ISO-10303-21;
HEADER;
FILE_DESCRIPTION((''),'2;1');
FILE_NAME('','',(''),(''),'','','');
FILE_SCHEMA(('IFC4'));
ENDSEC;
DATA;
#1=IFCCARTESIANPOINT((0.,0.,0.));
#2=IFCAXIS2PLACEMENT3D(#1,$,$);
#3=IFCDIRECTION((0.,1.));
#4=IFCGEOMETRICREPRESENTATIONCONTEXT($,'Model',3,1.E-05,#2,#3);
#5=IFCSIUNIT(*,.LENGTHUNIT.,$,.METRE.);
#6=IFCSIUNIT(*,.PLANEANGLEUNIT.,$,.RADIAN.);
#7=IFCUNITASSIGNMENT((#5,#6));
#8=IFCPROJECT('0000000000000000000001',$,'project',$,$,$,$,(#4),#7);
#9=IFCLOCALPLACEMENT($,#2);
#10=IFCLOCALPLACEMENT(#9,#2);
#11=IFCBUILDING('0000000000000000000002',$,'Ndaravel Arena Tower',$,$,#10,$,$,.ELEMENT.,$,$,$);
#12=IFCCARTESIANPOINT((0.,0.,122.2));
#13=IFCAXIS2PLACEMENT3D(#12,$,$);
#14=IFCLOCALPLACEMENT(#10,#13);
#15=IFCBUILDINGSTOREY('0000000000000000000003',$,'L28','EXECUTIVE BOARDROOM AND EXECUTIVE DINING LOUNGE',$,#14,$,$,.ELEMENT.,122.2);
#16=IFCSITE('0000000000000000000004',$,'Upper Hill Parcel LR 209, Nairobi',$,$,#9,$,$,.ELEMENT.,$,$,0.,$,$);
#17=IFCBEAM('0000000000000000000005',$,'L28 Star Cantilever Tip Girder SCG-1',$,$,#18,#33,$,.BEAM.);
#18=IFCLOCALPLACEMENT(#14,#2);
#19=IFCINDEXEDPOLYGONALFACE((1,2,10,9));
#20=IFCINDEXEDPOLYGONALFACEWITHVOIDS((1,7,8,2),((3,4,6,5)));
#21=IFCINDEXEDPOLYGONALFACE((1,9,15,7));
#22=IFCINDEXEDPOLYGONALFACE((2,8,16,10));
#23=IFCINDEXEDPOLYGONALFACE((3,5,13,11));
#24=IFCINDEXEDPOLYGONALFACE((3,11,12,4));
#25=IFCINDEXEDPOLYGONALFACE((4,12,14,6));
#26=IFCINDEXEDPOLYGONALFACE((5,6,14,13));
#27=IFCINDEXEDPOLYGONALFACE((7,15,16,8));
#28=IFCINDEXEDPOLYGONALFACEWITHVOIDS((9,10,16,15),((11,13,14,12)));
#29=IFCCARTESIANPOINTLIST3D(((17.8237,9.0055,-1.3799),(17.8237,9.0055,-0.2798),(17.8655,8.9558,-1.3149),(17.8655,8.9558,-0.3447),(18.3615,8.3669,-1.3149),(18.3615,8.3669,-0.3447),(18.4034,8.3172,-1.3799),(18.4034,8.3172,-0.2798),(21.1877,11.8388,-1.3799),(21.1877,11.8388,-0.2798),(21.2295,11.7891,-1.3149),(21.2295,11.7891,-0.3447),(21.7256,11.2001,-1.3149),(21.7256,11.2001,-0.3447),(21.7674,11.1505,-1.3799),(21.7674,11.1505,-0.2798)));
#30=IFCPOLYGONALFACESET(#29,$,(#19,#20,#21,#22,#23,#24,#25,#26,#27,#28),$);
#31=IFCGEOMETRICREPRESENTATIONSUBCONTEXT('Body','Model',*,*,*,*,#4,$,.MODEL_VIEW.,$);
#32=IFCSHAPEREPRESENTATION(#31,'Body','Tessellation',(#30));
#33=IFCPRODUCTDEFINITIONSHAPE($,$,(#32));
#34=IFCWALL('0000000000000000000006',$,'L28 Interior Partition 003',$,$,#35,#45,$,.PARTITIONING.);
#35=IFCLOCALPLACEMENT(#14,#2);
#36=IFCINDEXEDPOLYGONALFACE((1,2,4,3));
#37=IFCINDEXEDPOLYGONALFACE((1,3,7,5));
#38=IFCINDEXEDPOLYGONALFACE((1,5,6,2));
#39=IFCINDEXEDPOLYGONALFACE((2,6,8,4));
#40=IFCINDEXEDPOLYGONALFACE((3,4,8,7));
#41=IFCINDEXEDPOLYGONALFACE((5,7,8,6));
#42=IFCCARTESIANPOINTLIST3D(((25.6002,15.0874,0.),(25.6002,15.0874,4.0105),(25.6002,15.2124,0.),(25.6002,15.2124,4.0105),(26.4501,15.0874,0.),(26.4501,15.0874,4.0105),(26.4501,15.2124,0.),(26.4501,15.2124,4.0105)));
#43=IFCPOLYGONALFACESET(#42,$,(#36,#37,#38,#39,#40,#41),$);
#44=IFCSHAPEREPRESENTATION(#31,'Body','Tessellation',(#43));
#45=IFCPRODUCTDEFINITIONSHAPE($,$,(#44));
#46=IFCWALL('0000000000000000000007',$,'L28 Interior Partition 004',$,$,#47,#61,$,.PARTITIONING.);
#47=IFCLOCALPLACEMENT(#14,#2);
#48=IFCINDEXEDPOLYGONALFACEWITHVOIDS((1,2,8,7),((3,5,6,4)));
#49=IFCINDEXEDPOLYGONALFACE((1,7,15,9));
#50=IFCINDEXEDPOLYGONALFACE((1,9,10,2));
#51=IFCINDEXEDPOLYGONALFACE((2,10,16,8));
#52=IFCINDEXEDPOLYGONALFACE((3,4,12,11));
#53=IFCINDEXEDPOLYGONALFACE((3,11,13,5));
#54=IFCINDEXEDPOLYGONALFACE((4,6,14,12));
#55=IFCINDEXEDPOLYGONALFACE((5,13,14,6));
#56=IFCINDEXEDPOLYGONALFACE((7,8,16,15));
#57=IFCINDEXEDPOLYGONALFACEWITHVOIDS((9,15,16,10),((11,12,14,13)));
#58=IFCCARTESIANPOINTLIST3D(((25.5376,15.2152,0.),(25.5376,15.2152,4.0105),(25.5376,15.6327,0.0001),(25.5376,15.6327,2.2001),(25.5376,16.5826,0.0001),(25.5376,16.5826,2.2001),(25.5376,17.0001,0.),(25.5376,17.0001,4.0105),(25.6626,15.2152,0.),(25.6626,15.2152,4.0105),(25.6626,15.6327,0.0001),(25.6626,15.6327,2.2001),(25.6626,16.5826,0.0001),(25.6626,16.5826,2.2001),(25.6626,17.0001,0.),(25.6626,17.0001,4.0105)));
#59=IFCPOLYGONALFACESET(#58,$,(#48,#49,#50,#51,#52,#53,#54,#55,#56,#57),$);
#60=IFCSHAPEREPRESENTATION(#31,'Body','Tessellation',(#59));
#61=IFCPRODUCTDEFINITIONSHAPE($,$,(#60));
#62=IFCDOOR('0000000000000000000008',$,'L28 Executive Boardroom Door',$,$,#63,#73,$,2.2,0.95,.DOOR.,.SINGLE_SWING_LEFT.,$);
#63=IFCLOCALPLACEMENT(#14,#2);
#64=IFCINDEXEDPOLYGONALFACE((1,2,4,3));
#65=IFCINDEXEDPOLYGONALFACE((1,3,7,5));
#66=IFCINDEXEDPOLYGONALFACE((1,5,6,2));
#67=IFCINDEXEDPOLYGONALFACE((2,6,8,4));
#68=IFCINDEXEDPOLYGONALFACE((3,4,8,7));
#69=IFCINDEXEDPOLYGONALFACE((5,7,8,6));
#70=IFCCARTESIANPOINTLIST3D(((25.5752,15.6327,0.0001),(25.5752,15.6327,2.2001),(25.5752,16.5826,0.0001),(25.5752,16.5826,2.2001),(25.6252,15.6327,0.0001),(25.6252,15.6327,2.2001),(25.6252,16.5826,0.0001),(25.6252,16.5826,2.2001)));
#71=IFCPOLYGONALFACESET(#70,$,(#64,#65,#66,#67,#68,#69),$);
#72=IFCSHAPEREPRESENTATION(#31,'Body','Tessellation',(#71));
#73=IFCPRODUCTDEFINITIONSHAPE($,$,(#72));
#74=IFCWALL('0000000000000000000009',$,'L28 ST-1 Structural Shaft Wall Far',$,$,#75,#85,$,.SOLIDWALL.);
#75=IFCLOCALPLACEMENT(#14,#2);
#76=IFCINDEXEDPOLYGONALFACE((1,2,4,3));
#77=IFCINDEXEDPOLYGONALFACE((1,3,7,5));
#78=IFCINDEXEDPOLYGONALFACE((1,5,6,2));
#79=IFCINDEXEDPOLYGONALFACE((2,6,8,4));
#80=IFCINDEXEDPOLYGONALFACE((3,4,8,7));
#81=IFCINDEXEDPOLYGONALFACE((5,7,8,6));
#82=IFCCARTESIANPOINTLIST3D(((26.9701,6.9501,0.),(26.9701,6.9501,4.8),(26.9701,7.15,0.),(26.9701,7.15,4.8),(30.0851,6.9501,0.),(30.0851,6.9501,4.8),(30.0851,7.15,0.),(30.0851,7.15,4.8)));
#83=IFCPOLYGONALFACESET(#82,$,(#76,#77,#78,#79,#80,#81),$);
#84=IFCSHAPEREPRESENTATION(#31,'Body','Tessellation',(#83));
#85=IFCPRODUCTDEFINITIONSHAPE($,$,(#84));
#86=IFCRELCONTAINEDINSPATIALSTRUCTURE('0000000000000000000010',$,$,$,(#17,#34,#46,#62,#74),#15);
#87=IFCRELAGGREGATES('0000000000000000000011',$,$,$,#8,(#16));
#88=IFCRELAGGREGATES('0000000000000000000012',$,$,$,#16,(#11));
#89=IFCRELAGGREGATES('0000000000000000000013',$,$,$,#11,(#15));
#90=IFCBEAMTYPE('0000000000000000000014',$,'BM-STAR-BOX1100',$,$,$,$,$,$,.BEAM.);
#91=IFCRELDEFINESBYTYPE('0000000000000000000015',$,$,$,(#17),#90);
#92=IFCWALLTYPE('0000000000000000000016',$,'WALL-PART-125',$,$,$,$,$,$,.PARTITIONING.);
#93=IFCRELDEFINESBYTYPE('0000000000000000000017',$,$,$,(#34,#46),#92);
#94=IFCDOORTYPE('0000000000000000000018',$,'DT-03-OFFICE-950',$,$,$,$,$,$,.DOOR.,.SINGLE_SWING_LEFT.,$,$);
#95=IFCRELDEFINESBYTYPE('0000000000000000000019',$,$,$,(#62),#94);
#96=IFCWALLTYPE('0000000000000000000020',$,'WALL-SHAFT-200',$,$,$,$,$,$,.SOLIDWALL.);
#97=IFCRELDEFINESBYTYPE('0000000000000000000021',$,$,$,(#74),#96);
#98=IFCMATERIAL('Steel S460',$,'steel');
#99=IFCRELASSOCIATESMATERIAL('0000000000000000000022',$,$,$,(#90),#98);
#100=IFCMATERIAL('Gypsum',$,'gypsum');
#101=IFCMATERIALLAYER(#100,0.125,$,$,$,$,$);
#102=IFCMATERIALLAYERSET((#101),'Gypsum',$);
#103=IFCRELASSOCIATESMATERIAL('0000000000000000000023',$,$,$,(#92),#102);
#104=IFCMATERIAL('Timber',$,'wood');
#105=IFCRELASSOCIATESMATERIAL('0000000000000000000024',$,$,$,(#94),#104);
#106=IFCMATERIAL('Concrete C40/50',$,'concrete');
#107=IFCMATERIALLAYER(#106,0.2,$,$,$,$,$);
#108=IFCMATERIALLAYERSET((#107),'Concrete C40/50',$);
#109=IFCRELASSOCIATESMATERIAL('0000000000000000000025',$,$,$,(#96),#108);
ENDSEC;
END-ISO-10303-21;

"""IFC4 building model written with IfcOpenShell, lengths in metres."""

from ifc_helpers import new_model, si_unit, direction, frame, frame_2d, origin, origin_2d, place, context, subcontext, project, spatial, rectangle, hollow_rectangle, extrude, material, layer, layer_set, material_profile, profile_set, type_object, element, fill, save


model = new_model("IFC4")

# Units and contexts
model_context = context("Model", 3, precision=1e-05, world=origin(), true_north=direction((0.0, 1.0)))
body_context = subcontext(model_context, "Body", "Model", "MODEL_VIEW")
ifc_project = project(units=[si_unit("LENGTHUNIT", "METRE"), si_unit("PLANEANGLEUNIT", "RADIAN")], contexts=[model_context])

# Site, building, storey
site_placement = place(None, origin())
site = spatial("IfcSite", under=ifc_project, at=site_placement, Name="Upper Hill Parcel LR 209, Nairobi", CompositionType="ELEMENT", RefElevation=0.0)
building_placement = place(site_placement, origin())
building = spatial("IfcBuilding", under=site, at=building_placement, Name="Ndaravel Arena Tower", CompositionType="ELEMENT")
storey_placement = place(building_placement, frame((0.0, 0.0, 122.2)))
storey = spatial("IfcBuildingStorey", under=building, at=storey_placement, Name="L28", Description="EXECUTIVE BOARDROOM AND EXECUTIVE DINING LOUNGE", CompositionType="ELEMENT", Elevation=122.2)

# Beam
ifc_material_1 = material(Name="Steel S460", Category="steel")
ifc_material_profile_1 = material_profile(ifc_material_1, hollow_rectangle(XDim=0.8999, YDim=1.1001, WallThickness=0.0649, at=origin_2d()), Name="BOX 1100x900x65")
ifc_profile_set_1 = profile_set([ifc_material_profile_1], Name="Steel S460")
beam_type_1 = type_object("IfcBeamType", Name="BM-STAR-BOX1100", PredefinedType="BEAM", material=ifc_profile_set_1)
beam_1_placement = place(storey_placement, frame((21.4775, 11.4946, -0.8298), z_axis=(-0.764867, -0.644189, 0.0), x_axis=(0.644189, -0.764867, 0.0)))
element("IfcBeam", 1, at=beam_1_placement, inside=storey, type_object=beam_type_1, Name="L28 Star Cantilever Tip Girder SCG-1", PredefinedType="BEAM", context=body_context, shape_type="SweptSolid", body=[
    extrude(hollow_rectangle(XDim=0.8999, YDim=1.1001, WallThickness=0.0649, at=origin_2d()), origin(), (0.0, 0.0, 1.0), 4.3982),
])

# Wall
ifc_material_2 = material(Name="Gypsum", Category="gypsum")
ifc_layer_1 = layer(ifc_material_2, 0.125)
ifc_layer_set_1 = layer_set([ifc_layer_1], Name="Gypsum")
wall_type_1 = type_object("IfcWallType", Name="WALL-PART-125", PredefinedType="PARTITIONING", material=ifc_layer_set_1)
wall_1_placement = place(storey_placement, frame((26.45, 15.1499, 0.0), z_axis=(0.0, 0.0, 1.0), x_axis=(-1.0, 0.0, 0.0)))
element("IfcWall", 2, at=wall_1_placement, inside=storey, type_object=wall_type_1, Name="L28 Interior Partition 003", PredefinedType="PARTITIONING", context=body_context, shape_type="SweptSolid", body=[
    extrude(rectangle(XDim=0.8499, YDim=0.125, at=frame_2d((0.4248, 0.0))), origin(), (0.0, 0.0, 1.0), 4.0105),
])

# Wall, opening, door
wall_2_placement = place(storey_placement, frame((25.6001, 15.2151, 0.0), z_axis=(0.0, 0.0, 1.0), x_axis=(0.0, 1.0, 0.0)))
wall_2 = element("IfcWall", 3, at=wall_2_placement, inside=storey, type_object=wall_type_1, Name="L28 Interior Partition 004", PredefinedType="PARTITIONING", context=body_context, shape_type="SweptSolid", body=[
    extrude(rectangle(XDim=1.7849, YDim=0.125, at=frame_2d((0.8926, 0.0))), origin(), (0.0, 0.0, 1.0), 4.0105),
])
opening_1_placement = place(wall_2_placement, frame((0.4175, 0.0, 0.0)))
opening_1 = element("IfcOpeningElement", 4, at=opening_1_placement, cuts=wall_2, PredefinedType="OPENING", context=body_context, shape_type="SweptSolid", body=[
    extrude(rectangle(XDim=0.95, YDim=2.2, at=frame_2d((0.4751, 1.1001))), frame((0.0, 0.0625, 0.0), z_axis=(0.0, -1.0, 0.0), x_axis=(1.0, 0.0, 0.0)), (0.0, 0.0, 1.0), 0.125),
])
ifc_material_3 = material(Name="Timber", Category="wood")
door_type_1 = type_object("IfcDoorType", Name="DT-03-OFFICE-950", OperationType="SINGLE_SWING_LEFT", PredefinedType="DOOR", material=ifc_material_3)
door_1_placement = place(opening_1_placement, origin())
door_1 = element("IfcDoor", 5, at=door_1_placement, inside=storey, type_object=door_type_1, Name="L28 Executive Boardroom Door", OperationType="SINGLE_SWING_LEFT", OverallHeight=2.2, OverallWidth=0.95, PredefinedType="DOOR", context=body_context, shape_type="SweptSolid", body=[
    extrude(rectangle(XDim=0.95, YDim=2.2, at=frame_2d((0.4751, 1.1001))), frame((0.0, 0.0249, 0.0), z_axis=(0.0, -1.0, 0.0), x_axis=(1.0, 0.0, 0.0)), (0.0, 0.0, 1.0), 0.05),
])
fill(opening_1, door_1)

# Wall
ifc_material_4 = material(Name="Concrete C40/50", Category="concrete")
ifc_layer_2 = layer(ifc_material_4, 0.2)
ifc_layer_set_2 = layer_set([ifc_layer_2], Name="Concrete C40/50")
wall_type_2 = type_object("IfcWallType", Name="WALL-SHAFT-200", PredefinedType="SOLIDWALL", material=ifc_layer_set_2)
wall_3_placement = place(storey_placement, frame((26.97, 7.05, 0.0), z_axis=(0.0, 0.0, 1.0), x_axis=(1.0, 0.0, 0.0)))
element("IfcWall", 6, at=wall_3_placement, inside=storey, type_object=wall_type_2, Name="L28 ST-1 Structural Shaft Wall Far", PredefinedType="SOLIDWALL", context=body_context, shape_type="SweptSolid", body=[
    extrude(rectangle(XDim=3.115, YDim=0.2, at=frame_2d((1.5576, 0.0))), origin(), (0.0, 0.0, 1.0), 4.8),
])

save(model, "model.ifc")
